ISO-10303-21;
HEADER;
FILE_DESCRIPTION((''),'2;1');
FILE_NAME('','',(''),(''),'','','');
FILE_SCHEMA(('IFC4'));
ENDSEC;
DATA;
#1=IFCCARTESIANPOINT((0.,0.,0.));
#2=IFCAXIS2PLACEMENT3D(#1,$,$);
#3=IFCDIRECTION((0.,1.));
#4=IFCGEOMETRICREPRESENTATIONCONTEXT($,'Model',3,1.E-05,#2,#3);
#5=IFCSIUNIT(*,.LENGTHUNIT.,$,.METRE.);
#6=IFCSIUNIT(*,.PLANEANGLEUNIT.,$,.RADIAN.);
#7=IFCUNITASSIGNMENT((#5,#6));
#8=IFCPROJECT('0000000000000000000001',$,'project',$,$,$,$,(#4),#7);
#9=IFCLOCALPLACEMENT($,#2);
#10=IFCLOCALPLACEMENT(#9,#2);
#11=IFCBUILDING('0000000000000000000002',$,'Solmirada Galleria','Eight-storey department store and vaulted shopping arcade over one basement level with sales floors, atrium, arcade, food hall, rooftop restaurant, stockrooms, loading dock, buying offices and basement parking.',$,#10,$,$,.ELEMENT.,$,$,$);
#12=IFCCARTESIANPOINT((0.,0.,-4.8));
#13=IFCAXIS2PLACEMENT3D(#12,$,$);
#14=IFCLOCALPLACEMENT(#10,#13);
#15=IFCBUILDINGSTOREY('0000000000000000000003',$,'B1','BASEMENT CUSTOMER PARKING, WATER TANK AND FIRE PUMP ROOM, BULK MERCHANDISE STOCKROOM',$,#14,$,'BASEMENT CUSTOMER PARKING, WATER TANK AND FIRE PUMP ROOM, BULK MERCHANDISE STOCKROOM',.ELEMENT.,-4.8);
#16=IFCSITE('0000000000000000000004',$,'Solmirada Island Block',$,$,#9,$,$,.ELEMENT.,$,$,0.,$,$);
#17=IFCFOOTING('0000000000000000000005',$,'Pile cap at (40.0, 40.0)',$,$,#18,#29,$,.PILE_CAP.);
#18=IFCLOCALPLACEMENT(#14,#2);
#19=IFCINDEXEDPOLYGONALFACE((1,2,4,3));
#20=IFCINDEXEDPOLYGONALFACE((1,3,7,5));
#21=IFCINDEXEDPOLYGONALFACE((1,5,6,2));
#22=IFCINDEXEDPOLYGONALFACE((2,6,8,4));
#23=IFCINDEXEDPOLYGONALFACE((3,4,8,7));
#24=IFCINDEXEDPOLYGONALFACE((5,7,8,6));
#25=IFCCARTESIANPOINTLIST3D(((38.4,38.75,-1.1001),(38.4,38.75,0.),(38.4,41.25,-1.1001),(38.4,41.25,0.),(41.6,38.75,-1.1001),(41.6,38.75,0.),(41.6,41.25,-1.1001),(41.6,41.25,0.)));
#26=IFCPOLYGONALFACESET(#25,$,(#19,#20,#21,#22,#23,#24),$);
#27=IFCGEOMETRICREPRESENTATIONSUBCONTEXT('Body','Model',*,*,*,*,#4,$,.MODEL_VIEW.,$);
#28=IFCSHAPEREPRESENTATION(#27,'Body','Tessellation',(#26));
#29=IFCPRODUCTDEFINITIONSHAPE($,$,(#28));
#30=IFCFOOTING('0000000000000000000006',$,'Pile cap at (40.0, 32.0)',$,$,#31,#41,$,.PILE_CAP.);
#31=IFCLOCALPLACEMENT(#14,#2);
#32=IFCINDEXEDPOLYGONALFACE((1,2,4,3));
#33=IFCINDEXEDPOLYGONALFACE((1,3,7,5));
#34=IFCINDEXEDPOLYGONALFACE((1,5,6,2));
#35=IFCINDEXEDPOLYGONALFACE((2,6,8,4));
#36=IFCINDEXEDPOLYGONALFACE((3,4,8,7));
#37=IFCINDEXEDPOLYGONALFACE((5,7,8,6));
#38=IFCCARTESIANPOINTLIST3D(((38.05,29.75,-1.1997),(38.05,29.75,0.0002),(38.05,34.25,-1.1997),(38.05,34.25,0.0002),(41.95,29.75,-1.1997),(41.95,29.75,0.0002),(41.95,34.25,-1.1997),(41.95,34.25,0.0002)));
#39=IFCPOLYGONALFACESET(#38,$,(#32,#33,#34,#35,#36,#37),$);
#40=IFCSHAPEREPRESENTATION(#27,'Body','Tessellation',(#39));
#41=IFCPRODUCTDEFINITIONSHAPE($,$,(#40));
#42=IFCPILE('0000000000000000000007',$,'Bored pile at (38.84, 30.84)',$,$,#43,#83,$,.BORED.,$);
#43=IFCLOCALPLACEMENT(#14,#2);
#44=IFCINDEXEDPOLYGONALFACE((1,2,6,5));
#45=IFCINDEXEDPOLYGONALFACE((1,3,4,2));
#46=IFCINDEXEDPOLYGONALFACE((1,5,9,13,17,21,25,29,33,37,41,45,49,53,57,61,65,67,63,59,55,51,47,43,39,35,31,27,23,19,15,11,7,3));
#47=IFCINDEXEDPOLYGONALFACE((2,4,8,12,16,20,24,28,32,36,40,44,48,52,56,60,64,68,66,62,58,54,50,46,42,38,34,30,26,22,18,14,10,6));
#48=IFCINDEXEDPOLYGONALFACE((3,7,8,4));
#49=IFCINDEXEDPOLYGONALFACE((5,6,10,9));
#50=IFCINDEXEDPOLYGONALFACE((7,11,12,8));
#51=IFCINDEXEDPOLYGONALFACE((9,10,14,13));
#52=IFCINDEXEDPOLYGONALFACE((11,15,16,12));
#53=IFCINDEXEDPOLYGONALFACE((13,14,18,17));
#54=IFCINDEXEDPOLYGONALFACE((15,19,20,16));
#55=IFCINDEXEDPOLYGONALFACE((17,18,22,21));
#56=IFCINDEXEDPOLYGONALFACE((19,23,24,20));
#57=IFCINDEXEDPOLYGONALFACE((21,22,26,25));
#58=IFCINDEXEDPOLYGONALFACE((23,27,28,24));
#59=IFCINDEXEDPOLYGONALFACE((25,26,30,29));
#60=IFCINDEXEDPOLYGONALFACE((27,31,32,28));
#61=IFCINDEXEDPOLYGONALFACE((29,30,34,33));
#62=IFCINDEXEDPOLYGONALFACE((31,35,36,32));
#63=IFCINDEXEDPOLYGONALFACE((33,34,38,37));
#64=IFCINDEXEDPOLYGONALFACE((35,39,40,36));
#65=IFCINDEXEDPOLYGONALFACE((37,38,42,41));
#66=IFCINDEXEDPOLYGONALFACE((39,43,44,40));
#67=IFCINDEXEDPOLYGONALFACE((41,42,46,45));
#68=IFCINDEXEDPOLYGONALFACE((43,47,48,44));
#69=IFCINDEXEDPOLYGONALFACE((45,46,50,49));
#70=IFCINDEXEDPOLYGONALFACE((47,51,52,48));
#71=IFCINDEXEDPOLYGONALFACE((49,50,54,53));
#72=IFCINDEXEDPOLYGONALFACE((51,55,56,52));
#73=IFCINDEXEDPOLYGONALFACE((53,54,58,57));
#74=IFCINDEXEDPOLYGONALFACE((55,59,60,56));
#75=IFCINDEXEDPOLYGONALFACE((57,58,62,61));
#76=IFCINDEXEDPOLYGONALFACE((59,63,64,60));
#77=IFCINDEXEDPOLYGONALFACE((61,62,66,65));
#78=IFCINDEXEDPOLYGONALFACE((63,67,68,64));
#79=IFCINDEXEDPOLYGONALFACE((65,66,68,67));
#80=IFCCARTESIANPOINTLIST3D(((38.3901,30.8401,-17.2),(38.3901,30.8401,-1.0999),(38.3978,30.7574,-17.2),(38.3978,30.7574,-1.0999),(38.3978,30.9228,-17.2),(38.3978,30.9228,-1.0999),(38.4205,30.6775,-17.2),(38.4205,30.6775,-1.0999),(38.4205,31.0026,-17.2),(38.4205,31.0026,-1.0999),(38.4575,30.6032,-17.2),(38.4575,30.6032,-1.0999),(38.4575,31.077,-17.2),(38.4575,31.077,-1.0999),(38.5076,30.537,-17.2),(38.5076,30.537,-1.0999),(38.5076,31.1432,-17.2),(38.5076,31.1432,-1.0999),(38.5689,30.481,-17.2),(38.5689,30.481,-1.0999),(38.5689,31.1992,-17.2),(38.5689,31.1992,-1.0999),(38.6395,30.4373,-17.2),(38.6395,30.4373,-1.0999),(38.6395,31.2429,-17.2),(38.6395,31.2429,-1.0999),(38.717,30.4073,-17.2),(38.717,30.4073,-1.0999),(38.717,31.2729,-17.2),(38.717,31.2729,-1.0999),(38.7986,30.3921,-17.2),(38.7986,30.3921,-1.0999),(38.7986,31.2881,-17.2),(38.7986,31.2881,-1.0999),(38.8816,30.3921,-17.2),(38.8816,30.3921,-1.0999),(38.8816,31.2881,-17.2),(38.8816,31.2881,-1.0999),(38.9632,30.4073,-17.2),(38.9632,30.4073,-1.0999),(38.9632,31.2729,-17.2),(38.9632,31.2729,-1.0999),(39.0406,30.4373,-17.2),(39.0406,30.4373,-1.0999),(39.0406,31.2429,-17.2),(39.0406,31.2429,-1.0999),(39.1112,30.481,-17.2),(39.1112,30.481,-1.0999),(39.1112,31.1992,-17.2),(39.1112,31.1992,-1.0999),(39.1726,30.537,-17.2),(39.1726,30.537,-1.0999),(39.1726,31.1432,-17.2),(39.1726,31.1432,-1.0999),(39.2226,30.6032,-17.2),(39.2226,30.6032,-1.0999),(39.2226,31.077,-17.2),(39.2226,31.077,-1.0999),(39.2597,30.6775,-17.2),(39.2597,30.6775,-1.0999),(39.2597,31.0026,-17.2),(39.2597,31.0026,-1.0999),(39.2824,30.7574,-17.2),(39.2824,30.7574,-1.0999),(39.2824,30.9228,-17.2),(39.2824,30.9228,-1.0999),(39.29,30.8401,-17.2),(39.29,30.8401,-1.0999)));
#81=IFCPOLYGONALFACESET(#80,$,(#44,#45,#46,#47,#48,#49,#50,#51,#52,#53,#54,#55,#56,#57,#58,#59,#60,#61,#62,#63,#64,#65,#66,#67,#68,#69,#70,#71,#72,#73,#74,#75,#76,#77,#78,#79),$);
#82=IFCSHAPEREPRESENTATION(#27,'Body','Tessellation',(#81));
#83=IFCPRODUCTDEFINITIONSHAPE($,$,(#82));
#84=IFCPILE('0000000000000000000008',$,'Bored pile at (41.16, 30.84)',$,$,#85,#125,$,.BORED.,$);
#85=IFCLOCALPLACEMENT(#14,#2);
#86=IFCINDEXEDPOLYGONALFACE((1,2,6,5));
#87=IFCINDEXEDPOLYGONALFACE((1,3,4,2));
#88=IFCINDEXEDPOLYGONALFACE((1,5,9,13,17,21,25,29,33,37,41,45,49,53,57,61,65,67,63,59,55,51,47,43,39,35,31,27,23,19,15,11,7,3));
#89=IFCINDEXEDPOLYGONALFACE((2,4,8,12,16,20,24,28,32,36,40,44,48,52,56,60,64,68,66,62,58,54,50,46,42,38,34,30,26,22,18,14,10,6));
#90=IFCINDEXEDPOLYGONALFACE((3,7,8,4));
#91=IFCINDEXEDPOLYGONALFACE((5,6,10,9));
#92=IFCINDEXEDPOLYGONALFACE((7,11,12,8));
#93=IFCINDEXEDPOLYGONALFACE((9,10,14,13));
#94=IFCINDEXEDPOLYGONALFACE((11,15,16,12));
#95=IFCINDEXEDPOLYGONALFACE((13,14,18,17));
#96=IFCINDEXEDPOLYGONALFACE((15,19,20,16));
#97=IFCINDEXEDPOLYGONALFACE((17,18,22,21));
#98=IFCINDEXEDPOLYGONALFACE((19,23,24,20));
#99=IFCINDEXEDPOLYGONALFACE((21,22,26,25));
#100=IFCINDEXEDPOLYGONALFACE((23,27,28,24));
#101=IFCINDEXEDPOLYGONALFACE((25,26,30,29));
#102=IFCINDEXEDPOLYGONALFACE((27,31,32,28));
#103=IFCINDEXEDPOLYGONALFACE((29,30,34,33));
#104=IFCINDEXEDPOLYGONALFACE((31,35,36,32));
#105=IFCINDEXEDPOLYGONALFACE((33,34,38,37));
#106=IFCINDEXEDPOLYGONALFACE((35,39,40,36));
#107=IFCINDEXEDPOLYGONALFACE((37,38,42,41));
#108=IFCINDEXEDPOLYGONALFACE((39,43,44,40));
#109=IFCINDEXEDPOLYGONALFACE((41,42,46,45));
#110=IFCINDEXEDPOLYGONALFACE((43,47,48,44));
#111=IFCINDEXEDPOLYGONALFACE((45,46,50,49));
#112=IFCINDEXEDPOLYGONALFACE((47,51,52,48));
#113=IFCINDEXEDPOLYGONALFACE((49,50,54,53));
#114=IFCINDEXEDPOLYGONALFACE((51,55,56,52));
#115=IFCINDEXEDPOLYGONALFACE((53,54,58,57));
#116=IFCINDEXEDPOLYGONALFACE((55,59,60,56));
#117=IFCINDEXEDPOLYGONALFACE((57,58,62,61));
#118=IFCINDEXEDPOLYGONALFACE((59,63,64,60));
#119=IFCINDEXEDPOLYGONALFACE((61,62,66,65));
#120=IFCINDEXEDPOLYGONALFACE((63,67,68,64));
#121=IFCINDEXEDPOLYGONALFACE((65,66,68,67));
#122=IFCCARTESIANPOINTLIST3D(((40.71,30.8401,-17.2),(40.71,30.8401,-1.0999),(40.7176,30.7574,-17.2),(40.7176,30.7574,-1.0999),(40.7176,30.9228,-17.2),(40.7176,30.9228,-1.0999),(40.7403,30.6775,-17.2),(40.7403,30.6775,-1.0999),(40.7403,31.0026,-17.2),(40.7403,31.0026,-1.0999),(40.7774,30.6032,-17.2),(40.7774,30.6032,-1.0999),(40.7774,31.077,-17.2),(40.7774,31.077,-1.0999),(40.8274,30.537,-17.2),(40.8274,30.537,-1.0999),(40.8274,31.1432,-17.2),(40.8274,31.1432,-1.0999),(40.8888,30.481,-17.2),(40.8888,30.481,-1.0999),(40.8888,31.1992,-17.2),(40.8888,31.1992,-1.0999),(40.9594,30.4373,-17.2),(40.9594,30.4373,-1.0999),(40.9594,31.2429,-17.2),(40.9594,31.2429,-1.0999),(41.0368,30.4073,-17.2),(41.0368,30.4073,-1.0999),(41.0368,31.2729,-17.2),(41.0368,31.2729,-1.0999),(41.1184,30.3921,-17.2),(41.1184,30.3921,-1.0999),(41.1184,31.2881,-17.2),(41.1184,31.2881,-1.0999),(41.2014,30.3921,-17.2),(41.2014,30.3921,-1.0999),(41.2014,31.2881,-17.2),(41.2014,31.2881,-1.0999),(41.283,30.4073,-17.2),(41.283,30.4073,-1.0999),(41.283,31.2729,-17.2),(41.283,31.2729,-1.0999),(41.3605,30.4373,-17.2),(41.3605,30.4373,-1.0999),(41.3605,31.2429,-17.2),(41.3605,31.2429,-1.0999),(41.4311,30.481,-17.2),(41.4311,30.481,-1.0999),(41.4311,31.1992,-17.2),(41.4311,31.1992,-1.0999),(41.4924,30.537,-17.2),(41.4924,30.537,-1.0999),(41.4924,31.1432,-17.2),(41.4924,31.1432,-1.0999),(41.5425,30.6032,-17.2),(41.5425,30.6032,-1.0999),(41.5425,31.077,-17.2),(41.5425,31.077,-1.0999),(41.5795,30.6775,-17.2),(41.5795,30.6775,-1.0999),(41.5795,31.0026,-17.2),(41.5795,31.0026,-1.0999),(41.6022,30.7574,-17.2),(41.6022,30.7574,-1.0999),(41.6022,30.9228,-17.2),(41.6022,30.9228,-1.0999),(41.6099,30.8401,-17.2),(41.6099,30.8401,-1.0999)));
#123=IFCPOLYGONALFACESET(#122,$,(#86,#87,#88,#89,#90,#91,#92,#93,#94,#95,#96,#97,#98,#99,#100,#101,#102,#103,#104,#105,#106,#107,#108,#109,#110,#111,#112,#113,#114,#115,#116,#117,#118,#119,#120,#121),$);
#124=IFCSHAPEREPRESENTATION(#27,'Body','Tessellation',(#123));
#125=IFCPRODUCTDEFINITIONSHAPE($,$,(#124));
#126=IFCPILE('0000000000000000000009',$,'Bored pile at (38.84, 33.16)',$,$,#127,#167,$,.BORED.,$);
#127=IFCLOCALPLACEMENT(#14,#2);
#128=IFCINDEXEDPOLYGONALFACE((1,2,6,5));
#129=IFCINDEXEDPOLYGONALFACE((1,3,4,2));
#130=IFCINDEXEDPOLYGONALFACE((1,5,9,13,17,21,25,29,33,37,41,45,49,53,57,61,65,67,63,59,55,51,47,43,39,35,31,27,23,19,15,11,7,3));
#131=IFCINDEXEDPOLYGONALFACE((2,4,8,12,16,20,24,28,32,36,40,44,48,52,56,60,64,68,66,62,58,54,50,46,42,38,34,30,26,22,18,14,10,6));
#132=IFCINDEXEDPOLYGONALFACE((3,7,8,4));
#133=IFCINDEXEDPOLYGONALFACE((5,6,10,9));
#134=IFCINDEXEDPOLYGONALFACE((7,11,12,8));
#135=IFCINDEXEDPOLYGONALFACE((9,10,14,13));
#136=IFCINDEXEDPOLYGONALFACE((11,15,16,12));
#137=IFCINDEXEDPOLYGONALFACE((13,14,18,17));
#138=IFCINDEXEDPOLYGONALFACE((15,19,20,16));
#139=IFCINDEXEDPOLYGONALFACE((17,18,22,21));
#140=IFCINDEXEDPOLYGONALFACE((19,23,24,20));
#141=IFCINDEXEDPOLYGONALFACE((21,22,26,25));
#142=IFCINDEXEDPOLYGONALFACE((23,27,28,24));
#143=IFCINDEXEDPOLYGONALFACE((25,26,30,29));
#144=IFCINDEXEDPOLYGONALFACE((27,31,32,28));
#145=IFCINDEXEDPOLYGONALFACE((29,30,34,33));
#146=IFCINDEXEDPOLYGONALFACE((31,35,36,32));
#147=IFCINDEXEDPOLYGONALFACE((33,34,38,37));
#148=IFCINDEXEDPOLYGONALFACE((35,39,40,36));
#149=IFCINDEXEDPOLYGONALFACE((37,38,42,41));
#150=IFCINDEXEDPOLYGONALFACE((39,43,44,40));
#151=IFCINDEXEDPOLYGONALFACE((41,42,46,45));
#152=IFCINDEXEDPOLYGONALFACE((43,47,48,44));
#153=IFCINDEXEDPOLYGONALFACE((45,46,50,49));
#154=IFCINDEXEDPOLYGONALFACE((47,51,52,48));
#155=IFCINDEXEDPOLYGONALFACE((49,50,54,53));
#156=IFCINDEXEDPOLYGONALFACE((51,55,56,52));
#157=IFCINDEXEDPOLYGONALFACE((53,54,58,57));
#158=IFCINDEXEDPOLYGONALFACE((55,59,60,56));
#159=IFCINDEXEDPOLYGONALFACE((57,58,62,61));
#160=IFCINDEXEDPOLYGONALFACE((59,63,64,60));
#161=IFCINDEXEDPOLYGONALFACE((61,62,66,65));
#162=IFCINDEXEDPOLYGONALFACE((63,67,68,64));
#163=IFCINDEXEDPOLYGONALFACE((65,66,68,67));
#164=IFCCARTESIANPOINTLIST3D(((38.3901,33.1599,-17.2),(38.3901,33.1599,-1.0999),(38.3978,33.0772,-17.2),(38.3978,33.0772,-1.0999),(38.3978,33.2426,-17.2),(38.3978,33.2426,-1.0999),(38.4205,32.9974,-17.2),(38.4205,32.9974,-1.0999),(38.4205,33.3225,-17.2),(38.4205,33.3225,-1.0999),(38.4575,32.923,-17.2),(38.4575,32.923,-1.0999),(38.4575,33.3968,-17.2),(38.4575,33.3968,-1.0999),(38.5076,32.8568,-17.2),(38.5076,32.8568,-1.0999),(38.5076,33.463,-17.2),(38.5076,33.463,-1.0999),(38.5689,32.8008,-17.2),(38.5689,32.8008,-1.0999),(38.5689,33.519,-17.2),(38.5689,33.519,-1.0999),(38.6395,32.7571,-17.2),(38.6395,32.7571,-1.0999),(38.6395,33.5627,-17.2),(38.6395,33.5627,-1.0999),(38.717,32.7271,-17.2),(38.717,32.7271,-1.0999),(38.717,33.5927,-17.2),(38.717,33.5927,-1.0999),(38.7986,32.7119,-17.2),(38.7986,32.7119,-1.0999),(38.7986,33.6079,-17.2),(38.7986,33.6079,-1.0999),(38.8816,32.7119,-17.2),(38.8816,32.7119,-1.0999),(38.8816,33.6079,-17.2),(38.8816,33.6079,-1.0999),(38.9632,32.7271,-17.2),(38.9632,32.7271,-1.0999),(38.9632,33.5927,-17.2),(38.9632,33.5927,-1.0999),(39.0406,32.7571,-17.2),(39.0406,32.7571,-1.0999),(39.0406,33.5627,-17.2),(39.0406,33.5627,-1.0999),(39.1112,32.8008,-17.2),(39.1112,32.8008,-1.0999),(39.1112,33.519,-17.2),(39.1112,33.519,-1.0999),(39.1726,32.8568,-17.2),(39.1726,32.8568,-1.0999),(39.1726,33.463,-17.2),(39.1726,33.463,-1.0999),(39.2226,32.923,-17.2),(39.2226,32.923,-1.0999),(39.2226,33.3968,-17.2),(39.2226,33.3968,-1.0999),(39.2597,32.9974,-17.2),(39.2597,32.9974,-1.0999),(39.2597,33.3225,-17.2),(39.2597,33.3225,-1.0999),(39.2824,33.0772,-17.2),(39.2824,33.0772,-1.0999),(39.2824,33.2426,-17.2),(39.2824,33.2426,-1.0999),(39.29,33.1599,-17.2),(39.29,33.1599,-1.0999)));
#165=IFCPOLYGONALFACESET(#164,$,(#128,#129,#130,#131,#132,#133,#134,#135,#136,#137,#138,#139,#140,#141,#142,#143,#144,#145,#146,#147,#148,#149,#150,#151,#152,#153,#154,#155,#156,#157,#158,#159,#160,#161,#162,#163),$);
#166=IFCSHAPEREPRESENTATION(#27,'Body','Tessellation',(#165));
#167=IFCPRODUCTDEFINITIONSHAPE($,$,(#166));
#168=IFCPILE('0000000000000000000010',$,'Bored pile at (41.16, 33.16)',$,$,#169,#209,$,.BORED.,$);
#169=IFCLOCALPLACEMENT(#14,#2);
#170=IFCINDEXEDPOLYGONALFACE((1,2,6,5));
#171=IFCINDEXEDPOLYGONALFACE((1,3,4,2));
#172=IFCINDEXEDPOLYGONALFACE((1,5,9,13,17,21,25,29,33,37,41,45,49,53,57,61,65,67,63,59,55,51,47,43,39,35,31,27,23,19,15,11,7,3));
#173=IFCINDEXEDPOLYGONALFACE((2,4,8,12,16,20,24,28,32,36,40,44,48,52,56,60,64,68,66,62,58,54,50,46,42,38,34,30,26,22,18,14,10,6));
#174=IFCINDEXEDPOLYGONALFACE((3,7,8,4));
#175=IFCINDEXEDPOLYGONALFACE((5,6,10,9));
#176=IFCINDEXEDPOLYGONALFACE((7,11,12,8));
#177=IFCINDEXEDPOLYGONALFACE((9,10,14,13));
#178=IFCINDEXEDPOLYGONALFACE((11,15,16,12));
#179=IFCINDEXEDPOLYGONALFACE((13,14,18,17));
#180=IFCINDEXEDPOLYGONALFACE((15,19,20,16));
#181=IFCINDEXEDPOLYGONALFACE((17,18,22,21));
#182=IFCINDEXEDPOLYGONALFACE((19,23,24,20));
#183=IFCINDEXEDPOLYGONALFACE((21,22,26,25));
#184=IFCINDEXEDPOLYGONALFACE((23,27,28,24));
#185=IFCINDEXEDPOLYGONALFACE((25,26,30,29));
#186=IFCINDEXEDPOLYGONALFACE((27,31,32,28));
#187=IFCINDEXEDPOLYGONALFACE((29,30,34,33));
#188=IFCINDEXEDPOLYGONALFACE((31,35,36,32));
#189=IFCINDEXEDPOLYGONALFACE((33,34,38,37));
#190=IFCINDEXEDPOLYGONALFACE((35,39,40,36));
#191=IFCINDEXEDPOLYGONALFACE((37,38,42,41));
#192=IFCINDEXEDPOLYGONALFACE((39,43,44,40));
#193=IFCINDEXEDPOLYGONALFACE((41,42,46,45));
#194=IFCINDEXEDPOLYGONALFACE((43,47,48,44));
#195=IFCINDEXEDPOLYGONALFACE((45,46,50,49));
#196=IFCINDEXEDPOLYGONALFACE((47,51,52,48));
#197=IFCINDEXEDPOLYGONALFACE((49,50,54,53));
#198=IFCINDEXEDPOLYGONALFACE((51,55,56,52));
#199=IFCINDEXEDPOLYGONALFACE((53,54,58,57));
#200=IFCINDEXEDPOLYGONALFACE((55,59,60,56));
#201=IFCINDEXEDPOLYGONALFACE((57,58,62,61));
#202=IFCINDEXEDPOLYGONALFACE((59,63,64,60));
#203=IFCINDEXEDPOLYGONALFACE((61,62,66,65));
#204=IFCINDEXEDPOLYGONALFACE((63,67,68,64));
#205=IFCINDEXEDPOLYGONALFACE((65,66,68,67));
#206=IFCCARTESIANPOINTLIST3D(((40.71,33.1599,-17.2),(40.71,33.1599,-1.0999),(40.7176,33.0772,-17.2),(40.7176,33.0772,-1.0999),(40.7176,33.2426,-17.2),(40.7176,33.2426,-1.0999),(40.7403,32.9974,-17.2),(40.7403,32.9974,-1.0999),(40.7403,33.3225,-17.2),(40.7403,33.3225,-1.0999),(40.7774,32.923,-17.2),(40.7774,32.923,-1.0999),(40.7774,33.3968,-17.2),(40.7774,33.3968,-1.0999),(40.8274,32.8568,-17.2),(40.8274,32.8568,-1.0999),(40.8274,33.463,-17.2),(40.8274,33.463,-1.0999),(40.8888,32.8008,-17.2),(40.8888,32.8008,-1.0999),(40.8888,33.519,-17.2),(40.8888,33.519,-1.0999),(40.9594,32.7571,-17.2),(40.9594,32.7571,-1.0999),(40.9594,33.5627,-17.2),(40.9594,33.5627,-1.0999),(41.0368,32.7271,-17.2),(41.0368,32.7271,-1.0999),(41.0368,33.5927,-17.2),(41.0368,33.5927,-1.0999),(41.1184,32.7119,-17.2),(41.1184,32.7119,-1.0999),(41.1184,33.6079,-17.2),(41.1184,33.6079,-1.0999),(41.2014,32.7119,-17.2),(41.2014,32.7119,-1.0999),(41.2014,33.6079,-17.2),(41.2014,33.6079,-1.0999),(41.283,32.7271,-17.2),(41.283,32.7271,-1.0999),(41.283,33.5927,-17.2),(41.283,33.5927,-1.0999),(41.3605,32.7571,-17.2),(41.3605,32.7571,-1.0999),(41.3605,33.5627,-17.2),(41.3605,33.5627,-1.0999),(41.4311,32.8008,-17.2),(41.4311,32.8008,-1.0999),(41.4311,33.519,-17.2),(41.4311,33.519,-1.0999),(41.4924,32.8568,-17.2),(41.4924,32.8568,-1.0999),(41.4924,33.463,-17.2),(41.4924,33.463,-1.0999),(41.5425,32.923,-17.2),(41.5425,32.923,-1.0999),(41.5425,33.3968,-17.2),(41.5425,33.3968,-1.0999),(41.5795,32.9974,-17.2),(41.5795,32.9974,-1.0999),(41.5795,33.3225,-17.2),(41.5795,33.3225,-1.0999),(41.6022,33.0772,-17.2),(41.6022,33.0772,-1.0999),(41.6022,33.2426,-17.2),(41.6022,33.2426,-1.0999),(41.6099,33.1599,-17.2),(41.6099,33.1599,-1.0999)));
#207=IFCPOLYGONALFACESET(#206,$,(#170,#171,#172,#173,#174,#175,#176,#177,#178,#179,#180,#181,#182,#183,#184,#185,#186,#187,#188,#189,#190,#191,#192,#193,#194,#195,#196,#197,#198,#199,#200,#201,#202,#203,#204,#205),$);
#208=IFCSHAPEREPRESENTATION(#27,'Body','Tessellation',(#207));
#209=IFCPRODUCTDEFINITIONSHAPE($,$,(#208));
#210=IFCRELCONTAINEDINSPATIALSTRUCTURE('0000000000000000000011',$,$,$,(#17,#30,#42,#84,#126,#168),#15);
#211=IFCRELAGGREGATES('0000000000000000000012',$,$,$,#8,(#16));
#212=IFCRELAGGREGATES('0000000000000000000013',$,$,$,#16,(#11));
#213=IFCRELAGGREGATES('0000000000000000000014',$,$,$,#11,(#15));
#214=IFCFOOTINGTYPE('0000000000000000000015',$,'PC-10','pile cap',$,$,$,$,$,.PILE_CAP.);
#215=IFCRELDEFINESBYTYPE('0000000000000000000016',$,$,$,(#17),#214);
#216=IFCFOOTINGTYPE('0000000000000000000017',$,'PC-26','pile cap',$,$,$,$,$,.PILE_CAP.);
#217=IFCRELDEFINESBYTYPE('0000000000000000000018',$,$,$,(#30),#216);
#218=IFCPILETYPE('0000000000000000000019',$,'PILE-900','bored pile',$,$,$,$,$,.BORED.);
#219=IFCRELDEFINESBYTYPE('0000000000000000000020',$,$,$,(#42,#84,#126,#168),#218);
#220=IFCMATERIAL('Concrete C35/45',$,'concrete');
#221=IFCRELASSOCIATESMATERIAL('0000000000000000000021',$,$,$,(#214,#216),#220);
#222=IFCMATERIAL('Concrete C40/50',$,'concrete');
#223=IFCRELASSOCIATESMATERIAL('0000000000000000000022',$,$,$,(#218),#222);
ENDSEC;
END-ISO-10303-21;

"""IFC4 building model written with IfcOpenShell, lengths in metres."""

from ifc_helpers import new_model, si_unit, direction, frame, origin, origin_2d, place, context, subcontext, project, spatial, rectangle, circle, extrude, material, material_profile, profile_set, type_object, element, save


model = new_model("IFC4")

# Units and contexts
model_context = context("Model", 3, precision=1e-05, world=origin(), true_north=direction((0.0, 1.0)))
body_context = subcontext(model_context, "Body", "Model", "MODEL_VIEW")
ifc_project = project(units=[si_unit("LENGTHUNIT", "METRE"), si_unit("PLANEANGLEUNIT", "RADIAN")], contexts=[model_context])

# Site, building, storey
site_placement = place(None, origin())
site = spatial("IfcSite", under=ifc_project, at=site_placement, Name="Solmirada Island Block", CompositionType="ELEMENT", RefElevation=0.0)
building_placement = place(site_placement, origin())
building = spatial("IfcBuilding", under=site, at=building_placement, Name="Solmirada Galleria", Description="Eight-storey department store and vaulted shopping arcade over one basement level with sales floors, atrium, arcade, food hall, rooftop restaurant, stockrooms, loading dock, buying offices and basement parking.", CompositionType="ELEMENT")
storey_placement = place(building_placement, frame((0.0, 0.0, -4.8)))
storey = spatial("IfcBuildingStorey", under=building, at=storey_placement, Name="B1", Description="BASEMENT CUSTOMER PARKING, WATER TANK AND FIRE PUMP ROOM, BULK MERCHANDISE STOCKROOM", LongName="BASEMENT CUSTOMER PARKING, WATER TANK AND FIRE PUMP ROOM, BULK MERCHANDISE STOCKROOM", CompositionType="ELEMENT", Elevation=-4.8)

# Footings
ifc_material_1 = material(Name="Concrete C35/45", Category="concrete")
footing_type_1 = type_object("IfcFootingType", Name="PC-10", Description="pile cap", PredefinedType="PILE_CAP", material=ifc_material_1)
footing_1_placement = place(storey_placement, frame((40.0, 40.0, -1.1001), z_axis=(0.0, 0.0, 1.0), x_axis=(1.0, 0.0, 0.0)))
element("IfcFooting", 1, at=footing_1_placement, inside=storey, type_object=footing_type_1, Name="Pile cap at (40.0, 40.0)", PredefinedType="PILE_CAP", context=body_context, shape_type="SweptSolid", body=[
    extrude(rectangle(XDim=3.2, YDim=2.5, at=origin_2d()), origin(), (0.0, 0.0, 1.0), 1.1001),
])
footing_type_2 = type_object("IfcFootingType", Name="PC-26", Description="pile cap", PredefinedType="PILE_CAP", material=ifc_material_1)
footing_2_placement = place(storey_placement, frame((40.0, 32.0, -1.1997), z_axis=(0.0, 0.0, 1.0), x_axis=(1.0, 0.0, 0.0)))
element("IfcFooting", 2, at=footing_2_placement, inside=storey, type_object=footing_type_2, Name="Pile cap at (40.0, 32.0)", PredefinedType="PILE_CAP", context=body_context, shape_type="SweptSolid", body=[
    extrude(rectangle(XDim=3.8999, YDim=4.5, at=origin_2d()), origin(), (0.0, 0.0, 1.0), 1.2),
])

# Piles
ifc_material_2 = material(Name="Concrete C40/50", Category="concrete")
ifc_material_profile_1 = material_profile(ifc_material_2, circle(Radius=0.45, at=origin_2d()), Name="PILE900")
ifc_profile_set_1 = profile_set([ifc_material_profile_1], Name="Concrete C40/50")
pile_type = type_object("IfcPileType", Name="PILE-900", Description="bored pile", PredefinedType="BORED", material=ifc_profile_set_1)
for number, where, z_axis, x_axis, name in (
    (3, (38.8401, 30.8401, -1.0999), (0.0, 0.0, -1.0), (1.0, 0.0, 0.0), "Bored pile at (38.84, 30.84)"),
    (4, (41.1599, 30.8401, -1.0999), (0.0, 0.0, -1.0), (1.0, 0.0, 0.0), "Bored pile at (41.16, 30.84)"),
    (5, (38.8401, 33.1599, -1.0999), (0.0, 0.0, -1.0), (1.0, 0.0, 0.0), "Bored pile at (38.84, 33.16)"),
    (6, (41.1599, 33.1599, -1.0999), (0.0, 0.0, -1.0), (1.0, 0.0, 0.0), "Bored pile at (41.16, 33.16)"),
):
    element("IfcPile", number, at=place(storey_placement, frame(where, z_axis=z_axis, x_axis=x_axis)), inside=storey, type_object=pile_type, Name=name, PredefinedType="BORED", context=body_context, shape_type="SweptSolid", body=[
        extrude(circle(Radius=0.45, at=origin_2d()), origin(), (0.0, 0.0, 1.0), 16.1001),
    ])

save(model, "model.ifc")
